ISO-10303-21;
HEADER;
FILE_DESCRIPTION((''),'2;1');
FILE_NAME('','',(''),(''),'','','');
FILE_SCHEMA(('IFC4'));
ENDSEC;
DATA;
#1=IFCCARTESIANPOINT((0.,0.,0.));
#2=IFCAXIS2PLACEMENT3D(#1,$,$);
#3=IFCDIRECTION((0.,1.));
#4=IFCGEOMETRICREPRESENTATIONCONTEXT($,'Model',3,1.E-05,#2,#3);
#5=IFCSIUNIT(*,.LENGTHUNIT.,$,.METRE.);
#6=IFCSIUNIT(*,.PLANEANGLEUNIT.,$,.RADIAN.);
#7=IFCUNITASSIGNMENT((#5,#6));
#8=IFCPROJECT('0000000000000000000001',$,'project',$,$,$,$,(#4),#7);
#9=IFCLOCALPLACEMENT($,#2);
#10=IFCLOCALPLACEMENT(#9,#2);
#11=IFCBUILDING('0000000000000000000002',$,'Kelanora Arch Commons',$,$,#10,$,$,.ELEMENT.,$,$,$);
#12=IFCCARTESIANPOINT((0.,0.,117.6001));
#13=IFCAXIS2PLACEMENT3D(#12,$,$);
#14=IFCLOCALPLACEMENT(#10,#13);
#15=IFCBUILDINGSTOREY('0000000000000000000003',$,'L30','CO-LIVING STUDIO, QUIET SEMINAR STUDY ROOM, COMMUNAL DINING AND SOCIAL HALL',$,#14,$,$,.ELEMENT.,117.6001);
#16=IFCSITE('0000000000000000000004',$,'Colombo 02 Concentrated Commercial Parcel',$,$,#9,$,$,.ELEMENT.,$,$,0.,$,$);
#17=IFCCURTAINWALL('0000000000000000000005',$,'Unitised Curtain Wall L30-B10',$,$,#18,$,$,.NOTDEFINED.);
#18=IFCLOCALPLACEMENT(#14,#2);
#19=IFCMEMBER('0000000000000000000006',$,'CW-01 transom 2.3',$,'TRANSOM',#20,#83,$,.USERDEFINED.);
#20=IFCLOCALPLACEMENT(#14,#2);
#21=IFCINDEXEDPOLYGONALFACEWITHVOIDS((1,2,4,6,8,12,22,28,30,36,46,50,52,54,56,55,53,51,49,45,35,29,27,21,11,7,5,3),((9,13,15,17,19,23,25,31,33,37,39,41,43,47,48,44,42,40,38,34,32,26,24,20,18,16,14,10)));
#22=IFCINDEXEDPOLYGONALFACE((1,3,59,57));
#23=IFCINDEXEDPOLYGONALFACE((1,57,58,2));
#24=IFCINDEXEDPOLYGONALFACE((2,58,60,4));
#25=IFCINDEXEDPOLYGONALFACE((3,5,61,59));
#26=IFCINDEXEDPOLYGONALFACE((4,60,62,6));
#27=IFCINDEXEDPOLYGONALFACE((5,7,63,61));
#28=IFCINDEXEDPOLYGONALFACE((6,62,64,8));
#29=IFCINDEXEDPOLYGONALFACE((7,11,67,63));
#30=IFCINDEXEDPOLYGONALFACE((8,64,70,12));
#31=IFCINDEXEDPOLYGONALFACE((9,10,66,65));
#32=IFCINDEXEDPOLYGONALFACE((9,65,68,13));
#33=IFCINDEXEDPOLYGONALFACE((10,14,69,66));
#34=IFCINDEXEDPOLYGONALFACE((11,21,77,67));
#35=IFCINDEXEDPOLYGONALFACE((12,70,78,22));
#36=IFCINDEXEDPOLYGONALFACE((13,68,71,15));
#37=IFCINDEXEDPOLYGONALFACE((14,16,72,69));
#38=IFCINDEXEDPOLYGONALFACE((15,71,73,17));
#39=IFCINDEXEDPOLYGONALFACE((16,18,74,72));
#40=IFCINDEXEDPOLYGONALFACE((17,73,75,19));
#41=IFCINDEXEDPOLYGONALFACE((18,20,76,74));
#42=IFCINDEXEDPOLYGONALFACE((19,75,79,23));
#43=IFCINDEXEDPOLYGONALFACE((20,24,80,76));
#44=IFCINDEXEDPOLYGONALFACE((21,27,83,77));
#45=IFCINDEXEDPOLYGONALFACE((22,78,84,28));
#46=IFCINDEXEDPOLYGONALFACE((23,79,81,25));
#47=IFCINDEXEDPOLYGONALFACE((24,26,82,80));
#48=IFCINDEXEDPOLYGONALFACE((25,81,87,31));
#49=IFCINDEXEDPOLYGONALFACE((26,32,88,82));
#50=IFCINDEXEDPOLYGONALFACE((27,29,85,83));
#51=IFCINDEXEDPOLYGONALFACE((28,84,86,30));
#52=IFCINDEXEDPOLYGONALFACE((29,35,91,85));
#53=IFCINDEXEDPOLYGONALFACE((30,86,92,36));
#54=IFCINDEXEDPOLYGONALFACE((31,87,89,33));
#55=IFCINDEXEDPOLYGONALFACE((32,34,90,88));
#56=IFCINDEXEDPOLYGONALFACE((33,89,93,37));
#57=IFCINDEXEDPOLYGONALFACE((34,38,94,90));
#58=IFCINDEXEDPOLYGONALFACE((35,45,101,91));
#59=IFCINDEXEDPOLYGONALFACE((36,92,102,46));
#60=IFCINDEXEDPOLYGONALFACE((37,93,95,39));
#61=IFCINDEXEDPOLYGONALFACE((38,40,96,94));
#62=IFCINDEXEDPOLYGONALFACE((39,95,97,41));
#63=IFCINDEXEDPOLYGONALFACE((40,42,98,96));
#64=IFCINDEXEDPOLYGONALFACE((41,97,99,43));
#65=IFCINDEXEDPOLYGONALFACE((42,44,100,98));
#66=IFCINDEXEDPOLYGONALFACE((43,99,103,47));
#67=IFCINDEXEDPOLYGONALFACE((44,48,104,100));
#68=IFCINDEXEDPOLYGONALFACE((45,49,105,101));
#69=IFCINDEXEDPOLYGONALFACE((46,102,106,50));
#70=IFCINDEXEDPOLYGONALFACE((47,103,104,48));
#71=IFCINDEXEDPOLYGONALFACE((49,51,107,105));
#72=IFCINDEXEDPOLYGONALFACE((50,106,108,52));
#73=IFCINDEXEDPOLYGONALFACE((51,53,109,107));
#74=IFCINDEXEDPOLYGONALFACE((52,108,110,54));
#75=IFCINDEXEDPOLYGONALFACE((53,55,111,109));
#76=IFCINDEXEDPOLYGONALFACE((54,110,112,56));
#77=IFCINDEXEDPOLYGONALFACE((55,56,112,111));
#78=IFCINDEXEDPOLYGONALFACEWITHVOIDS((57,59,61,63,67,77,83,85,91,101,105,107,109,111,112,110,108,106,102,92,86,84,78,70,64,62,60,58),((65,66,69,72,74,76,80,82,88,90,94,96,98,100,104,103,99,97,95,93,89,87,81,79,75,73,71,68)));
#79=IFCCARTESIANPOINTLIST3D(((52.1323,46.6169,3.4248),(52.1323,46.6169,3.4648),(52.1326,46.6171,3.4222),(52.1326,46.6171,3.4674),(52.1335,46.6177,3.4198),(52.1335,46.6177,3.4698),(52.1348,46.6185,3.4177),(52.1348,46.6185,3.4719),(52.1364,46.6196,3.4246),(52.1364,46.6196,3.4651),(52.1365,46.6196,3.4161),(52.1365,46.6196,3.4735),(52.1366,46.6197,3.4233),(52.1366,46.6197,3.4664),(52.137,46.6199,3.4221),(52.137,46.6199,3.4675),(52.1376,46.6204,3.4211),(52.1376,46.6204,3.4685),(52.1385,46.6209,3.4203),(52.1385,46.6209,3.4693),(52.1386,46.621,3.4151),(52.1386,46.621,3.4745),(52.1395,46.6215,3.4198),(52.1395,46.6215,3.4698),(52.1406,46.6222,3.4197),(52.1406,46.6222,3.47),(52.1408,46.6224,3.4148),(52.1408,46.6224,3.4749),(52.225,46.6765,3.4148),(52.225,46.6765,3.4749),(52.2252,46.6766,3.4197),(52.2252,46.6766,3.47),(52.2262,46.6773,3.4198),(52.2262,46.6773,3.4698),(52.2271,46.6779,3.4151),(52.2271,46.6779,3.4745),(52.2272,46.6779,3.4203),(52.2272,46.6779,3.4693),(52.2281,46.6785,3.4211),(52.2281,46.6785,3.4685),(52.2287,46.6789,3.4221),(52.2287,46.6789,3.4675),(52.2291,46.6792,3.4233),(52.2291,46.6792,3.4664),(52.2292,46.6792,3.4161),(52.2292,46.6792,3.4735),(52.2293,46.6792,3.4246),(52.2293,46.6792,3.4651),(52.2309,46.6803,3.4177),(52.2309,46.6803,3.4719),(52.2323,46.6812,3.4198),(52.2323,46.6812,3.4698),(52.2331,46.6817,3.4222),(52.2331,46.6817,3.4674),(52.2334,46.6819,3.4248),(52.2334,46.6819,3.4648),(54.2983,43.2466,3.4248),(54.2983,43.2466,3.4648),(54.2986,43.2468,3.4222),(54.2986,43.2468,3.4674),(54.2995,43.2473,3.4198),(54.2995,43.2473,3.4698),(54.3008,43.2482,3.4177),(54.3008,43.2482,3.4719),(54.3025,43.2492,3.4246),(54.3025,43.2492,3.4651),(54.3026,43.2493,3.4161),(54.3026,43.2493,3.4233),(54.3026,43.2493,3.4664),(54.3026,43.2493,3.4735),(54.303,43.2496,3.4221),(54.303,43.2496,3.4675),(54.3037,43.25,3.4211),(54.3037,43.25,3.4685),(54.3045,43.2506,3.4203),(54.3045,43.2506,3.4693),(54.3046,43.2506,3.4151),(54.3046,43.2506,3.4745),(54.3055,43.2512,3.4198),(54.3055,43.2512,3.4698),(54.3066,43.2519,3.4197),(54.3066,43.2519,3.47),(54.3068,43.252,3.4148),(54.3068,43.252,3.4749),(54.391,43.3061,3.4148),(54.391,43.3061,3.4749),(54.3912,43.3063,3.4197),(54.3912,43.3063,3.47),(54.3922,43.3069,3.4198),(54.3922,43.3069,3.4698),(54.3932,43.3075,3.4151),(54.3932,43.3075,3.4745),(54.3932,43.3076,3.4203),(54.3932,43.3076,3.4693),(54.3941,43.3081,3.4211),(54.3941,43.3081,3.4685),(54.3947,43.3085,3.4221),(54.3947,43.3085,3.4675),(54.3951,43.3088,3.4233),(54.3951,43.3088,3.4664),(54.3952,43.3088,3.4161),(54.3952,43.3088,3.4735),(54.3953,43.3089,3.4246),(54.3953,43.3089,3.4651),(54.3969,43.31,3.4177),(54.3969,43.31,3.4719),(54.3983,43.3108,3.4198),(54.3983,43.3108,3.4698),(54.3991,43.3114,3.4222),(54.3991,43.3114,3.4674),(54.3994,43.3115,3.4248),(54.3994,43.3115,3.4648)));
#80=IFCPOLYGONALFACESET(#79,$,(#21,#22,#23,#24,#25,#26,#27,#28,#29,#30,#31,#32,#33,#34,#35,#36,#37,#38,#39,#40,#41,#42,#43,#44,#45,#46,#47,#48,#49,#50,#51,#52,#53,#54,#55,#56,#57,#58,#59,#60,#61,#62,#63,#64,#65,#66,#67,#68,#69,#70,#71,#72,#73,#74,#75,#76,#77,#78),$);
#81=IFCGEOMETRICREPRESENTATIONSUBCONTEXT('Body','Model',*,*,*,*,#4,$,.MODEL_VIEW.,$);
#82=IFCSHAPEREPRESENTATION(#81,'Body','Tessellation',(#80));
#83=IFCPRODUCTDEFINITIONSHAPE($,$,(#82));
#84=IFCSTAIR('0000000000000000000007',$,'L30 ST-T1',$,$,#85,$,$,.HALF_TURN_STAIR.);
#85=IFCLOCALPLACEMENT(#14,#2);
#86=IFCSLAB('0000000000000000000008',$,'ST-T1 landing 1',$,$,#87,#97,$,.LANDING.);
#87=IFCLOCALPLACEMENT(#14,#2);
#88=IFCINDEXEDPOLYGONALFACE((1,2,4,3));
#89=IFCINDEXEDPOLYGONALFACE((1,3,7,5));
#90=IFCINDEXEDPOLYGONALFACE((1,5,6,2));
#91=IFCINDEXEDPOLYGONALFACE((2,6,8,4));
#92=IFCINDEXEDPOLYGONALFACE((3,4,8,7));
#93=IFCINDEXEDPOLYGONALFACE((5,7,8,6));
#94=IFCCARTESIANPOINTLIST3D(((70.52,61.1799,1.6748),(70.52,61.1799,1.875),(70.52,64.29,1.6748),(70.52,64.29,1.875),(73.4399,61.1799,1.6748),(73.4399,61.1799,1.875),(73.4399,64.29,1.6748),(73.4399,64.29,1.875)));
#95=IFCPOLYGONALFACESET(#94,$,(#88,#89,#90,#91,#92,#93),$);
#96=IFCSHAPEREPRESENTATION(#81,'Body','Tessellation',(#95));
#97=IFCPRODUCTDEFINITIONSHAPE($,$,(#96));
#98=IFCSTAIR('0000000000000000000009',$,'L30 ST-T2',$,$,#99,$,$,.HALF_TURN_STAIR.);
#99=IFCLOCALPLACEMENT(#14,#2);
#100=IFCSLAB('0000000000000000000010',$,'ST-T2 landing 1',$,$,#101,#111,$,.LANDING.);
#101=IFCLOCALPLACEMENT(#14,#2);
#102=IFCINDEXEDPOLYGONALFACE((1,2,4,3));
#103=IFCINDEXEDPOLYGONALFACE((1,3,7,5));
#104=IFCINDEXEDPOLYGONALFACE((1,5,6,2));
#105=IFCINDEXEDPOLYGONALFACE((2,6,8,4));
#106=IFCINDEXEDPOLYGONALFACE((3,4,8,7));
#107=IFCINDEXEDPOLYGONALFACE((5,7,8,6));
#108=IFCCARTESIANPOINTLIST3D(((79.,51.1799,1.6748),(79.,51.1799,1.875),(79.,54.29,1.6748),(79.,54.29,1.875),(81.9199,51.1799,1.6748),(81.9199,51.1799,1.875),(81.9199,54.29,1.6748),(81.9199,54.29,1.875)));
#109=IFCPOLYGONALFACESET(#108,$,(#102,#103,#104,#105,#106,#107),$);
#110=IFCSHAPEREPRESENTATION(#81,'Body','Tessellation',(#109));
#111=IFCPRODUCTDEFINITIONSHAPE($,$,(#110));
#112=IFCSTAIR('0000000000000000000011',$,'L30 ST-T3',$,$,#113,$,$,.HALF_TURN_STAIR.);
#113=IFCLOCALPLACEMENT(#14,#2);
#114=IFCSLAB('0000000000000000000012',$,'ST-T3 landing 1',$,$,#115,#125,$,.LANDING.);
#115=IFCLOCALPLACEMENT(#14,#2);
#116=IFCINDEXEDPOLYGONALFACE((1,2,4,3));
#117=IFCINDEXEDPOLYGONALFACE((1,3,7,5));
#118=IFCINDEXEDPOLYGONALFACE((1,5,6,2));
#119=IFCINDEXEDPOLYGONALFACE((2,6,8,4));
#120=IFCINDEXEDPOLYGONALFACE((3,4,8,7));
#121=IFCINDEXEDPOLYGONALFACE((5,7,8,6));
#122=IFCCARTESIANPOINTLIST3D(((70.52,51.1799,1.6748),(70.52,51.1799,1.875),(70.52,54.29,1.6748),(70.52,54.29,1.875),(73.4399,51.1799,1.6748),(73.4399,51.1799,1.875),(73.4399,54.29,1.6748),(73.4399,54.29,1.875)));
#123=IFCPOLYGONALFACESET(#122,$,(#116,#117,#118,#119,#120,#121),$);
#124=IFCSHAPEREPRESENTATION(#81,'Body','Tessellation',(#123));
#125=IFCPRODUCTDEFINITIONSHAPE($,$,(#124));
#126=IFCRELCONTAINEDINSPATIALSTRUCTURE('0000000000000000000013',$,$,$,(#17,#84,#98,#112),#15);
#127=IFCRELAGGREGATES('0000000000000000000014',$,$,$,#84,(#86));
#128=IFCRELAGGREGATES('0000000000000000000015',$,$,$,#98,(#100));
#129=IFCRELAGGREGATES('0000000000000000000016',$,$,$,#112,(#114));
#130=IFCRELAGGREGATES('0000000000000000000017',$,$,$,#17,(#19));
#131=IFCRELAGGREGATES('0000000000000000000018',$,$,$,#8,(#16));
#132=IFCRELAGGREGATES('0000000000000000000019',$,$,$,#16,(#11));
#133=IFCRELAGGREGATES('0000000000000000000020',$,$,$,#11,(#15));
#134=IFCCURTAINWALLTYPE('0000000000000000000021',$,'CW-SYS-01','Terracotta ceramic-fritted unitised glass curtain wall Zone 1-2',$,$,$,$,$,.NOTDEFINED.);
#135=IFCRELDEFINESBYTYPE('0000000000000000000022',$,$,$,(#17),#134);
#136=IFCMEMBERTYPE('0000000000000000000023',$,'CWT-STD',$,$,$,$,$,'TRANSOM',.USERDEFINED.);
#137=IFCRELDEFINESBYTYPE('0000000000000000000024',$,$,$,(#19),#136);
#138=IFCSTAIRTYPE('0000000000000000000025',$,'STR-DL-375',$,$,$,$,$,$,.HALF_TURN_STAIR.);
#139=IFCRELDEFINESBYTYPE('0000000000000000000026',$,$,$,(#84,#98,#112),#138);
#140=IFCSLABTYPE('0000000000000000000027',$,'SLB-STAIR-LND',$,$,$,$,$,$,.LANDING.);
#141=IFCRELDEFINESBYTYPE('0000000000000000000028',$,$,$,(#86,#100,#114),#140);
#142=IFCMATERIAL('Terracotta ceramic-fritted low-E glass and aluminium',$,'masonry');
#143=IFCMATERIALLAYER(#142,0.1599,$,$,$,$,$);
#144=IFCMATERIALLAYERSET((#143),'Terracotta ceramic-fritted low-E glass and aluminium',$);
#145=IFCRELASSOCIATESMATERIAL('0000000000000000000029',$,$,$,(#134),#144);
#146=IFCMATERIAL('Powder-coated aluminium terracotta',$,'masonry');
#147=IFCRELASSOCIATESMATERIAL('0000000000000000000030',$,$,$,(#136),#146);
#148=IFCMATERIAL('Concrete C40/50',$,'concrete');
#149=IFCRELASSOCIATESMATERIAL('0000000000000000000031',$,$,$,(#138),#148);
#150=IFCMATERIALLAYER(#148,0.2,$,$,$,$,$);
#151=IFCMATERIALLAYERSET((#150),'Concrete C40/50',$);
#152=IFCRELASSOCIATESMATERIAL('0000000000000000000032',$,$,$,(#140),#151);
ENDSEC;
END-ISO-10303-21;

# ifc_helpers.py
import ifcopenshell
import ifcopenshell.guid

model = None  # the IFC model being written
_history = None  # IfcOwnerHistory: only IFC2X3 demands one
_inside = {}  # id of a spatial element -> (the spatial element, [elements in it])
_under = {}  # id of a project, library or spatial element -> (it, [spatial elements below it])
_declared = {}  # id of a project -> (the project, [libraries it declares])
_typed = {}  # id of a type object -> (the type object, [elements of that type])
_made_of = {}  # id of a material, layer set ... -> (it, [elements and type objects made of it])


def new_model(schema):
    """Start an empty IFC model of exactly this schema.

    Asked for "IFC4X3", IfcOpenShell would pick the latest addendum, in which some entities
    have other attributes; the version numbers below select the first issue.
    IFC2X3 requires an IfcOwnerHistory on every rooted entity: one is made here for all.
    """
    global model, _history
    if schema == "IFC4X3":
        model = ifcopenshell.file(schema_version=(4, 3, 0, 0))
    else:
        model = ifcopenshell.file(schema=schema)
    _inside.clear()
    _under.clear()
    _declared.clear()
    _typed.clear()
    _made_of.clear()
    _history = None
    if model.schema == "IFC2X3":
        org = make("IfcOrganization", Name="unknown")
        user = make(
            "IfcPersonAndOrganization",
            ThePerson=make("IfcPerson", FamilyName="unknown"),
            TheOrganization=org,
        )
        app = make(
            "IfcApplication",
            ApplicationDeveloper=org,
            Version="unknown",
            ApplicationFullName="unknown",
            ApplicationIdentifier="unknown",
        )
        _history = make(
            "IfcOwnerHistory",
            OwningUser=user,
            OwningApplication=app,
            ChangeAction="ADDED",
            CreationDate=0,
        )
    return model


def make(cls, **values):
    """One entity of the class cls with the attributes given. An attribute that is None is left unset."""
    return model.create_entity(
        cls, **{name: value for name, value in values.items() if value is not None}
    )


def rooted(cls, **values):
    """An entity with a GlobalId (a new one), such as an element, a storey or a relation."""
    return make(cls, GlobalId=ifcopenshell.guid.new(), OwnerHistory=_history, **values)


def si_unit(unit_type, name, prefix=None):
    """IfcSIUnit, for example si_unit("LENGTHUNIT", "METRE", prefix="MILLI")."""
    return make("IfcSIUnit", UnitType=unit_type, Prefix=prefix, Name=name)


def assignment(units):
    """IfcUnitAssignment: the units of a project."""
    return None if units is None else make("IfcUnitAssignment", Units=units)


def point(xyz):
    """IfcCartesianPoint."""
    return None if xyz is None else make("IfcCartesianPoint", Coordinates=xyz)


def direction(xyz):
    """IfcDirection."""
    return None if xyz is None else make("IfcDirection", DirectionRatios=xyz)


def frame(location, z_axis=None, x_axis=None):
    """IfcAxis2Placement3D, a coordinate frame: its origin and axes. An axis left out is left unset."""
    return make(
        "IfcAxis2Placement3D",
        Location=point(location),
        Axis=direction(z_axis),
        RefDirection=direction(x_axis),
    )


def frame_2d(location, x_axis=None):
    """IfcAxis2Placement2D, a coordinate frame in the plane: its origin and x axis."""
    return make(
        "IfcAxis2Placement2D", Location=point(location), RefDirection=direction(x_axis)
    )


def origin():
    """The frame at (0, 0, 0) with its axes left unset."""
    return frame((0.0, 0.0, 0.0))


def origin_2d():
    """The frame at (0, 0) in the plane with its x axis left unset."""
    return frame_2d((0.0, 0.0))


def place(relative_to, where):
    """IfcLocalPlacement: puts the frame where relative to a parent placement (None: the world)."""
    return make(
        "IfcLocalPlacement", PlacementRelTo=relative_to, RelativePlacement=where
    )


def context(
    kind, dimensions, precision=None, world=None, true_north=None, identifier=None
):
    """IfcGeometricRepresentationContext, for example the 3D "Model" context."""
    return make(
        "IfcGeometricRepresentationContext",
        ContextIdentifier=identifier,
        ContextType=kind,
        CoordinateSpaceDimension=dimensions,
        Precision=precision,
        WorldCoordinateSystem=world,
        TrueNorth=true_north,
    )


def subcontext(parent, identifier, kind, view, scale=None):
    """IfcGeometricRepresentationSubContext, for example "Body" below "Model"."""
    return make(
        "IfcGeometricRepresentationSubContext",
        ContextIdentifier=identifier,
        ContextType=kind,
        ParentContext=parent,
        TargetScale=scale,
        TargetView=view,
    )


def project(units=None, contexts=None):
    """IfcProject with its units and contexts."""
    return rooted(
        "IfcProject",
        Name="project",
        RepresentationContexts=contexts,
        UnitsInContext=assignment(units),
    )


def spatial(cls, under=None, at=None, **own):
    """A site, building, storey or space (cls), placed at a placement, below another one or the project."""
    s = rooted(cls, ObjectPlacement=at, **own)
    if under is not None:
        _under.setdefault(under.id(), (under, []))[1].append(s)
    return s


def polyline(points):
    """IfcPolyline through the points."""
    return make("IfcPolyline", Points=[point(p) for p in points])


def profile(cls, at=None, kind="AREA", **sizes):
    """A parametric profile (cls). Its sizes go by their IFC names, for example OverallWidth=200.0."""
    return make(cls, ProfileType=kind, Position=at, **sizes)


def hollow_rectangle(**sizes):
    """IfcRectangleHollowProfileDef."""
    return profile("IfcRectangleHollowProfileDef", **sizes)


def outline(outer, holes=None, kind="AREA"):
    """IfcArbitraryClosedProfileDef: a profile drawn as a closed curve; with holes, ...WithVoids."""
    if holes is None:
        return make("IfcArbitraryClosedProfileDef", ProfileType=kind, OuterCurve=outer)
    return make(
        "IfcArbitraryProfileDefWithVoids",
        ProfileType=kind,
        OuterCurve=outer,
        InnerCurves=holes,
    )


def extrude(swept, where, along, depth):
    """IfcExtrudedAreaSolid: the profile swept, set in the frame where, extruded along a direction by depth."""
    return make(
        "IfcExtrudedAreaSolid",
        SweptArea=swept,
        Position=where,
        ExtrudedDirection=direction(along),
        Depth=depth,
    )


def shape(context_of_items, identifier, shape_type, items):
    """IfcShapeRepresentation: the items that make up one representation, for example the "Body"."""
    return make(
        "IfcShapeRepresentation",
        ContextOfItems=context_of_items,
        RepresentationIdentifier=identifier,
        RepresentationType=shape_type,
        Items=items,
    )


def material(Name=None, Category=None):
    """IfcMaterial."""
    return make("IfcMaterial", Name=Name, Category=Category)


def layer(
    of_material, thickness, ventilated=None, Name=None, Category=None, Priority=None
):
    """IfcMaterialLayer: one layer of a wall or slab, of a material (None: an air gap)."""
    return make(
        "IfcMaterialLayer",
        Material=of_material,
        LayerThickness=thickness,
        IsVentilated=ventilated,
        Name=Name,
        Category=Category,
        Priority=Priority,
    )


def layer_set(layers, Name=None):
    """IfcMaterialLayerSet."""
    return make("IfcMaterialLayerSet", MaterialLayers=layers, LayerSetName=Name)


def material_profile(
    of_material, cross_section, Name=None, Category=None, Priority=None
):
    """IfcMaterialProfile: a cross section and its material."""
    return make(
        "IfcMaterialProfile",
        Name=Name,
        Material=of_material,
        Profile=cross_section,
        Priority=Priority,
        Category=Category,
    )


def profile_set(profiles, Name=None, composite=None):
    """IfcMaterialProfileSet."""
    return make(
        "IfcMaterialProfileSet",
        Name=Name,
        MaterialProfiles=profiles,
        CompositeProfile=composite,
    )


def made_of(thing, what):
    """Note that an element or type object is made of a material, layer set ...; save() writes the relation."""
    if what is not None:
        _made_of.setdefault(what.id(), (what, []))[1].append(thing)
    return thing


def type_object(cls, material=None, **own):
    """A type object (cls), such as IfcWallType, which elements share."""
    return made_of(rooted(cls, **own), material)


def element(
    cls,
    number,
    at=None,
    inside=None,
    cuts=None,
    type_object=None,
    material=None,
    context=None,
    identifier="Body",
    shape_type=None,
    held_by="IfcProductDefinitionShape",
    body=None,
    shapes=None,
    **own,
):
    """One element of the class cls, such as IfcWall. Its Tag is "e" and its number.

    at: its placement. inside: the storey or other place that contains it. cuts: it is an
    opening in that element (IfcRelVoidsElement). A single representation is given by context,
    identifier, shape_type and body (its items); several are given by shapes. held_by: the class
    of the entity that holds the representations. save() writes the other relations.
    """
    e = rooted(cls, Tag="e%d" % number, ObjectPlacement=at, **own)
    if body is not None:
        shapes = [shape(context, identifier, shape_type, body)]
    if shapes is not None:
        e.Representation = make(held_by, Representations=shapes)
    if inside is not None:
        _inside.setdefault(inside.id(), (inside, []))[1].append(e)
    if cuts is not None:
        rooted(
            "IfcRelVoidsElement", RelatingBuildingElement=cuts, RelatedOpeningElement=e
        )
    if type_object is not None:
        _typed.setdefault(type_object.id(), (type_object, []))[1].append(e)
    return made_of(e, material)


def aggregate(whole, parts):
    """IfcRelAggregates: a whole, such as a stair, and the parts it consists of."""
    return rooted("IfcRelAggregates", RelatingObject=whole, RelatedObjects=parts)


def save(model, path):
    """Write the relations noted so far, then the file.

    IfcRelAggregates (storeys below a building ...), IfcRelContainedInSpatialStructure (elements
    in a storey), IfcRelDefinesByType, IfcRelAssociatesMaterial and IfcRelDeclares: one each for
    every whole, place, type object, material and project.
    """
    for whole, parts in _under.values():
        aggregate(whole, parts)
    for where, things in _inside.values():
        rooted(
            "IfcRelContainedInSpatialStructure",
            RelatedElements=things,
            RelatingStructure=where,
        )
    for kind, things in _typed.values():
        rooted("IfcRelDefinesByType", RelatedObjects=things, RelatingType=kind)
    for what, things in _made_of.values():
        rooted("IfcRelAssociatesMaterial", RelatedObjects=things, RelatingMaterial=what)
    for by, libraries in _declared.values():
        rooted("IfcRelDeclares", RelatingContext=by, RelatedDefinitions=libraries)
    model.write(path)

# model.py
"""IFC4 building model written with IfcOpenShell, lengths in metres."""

from ifc_helpers import new_model, si_unit, direction, frame, origin, origin_2d, place, context, subcontext, project, spatial, polyline, hollow_rectangle, outline, extrude, material, layer, layer_set, material_profile, profile_set, type_object, element, aggregate, save


model = new_model("IFC4")

# Units and contexts
model_context = context("Model", 3, precision=1e-05, world=origin(), true_north=direction((0.0, 1.0)))
body_context = subcontext(model_context, "Body", "Model", "MODEL_VIEW")
ifc_project = project(units=[si_unit("LENGTHUNIT", "METRE"), si_unit("PLANEANGLEUNIT", "RADIAN")], contexts=[model_context])

# Site, building, storey
site_placement = place(None, origin())
site = spatial("IfcSite", under=ifc_project, at=site_placement, Name="Colombo 02 Concentrated Commercial Parcel", CompositionType="ELEMENT", RefElevation=0.0)
building_placement = place(site_placement, origin())
building = spatial("IfcBuilding", under=site, at=building_placement, Name="Kelanora Arch Commons", CompositionType="ELEMENT")
storey_placement = place(building_placement, frame((0.0, 0.0, 117.6001)))
storey = spatial("IfcBuildingStorey", under=building, at=storey_placement, Name="L30", Description="CO-LIVING STUDIO, QUIET SEMINAR STUDY ROOM, COMMUNAL DINING AND SOCIAL HALL", CompositionType="ELEMENT", Elevation=117.6001)

# Curtain wall, member
ifc_material_1 = material(Name="Terracotta ceramic-fritted low-E glass and aluminium", Category="masonry")
ifc_layer_1 = layer(ifc_material_1, 0.1599)
ifc_layer_set_1 = layer_set([ifc_layer_1], Name="Terracotta ceramic-fritted low-E glass and aluminium")
curtain_wall_type = type_object("IfcCurtainWallType", Name="CW-SYS-01", Description="Terracotta ceramic-fritted unitised glass curtain wall Zone 1-2", PredefinedType="NOTDEFINED", material=ifc_layer_set_1)
curtain_wall_placement = place(storey_placement, origin())
curtain_wall = element("IfcCurtainWall", 1, at=curtain_wall_placement, inside=storey, type_object=curtain_wall_type, Name="Unitised Curtain Wall L30-B10", PredefinedType="NOTDEFINED")
ifc_material_2 = material(Name="Powder-coated aluminium terracotta", Category="masonry")
ifc_material_profile_1 = material_profile(ifc_material_2, hollow_rectangle(XDim=0.1201, YDim=0.0601, WallThickness=0.0049, InnerFilletRadius=0.0049, OuterFilletRadius=0.01, at=origin_2d()), Name="CWT120x60")
ifc_profile_set_1 = profile_set([ifc_material_profile_1], Name="Powder-coated aluminium terracotta")
member_type_1 = type_object("IfcMemberType", Name="CWT-STD", ElementType="TRANSOM", PredefinedType="USERDEFINED", material=ifc_profile_set_1)
member_1_placement = place(storey_placement, frame((52.1829, 46.6494, 3.4448), z_axis=(0.540644, -0.841252, 0.0), x_axis=(0.841252, 0.540644, 0.0)))
member_1 = element("IfcMember", 2, at=member_1_placement, type_object=member_type_1, Name="CW-01 transom 2.3", ObjectType="TRANSOM", PredefinedType="USERDEFINED", context=body_context, shape_type="SweptSolid", body=[
    extrude(hollow_rectangle(XDim=0.1201, YDim=0.0601, WallThickness=0.0049, InnerFilletRadius=0.0049, OuterFilletRadius=0.01, at=origin_2d()), origin(), (0.0, 0.0, 1.0), 4.0063),
])

# Stairs, slabs
ifc_material_3 = material(Name="Concrete C40/50", Category="concrete")
stair_type = type_object("IfcStairType", Name="STR-DL-375", PredefinedType="HALF_TURN_STAIR", material=ifc_material_3)
stair_1_placement = place(storey_placement, origin())
stair_1 = element("IfcStair", 3, at=stair_1_placement, inside=storey, type_object=stair_type, Name="L30 ST-T1", PredefinedType="HALF_TURN_STAIR")
ifc_layer_2 = layer(ifc_material_3, 0.2)
ifc_layer_set_2 = layer_set([ifc_layer_2], Name="Concrete C40/50")
slab_type_1 = type_object("IfcSlabType", Name="SLB-STAIR-LND", PredefinedType="LANDING", material=ifc_layer_set_2)
slab_1_placement = place(storey_placement, frame((0.0, 0.0, 1.6748)))
slab_1 = element("IfcSlab", 4, at=slab_1_placement, type_object=slab_type_1, Name="ST-T1 landing 1", PredefinedType="LANDING", context=body_context, shape_type="SweptSolid", body=[
    extrude(outline(polyline([(70.52, 61.1799), (73.4399, 61.1799), (73.4399, 64.29), (70.52, 64.29), (70.52, 61.1799)])), origin(), (0.0, 0.0, 1.0), 0.2002),
])
aggregate(stair_1, [slab_1])
stair_2_placement = place(storey_placement, origin())
stair_2 = element("IfcStair", 5, at=stair_2_placement, inside=storey, type_object=stair_type, Name="L30 ST-T2", PredefinedType="HALF_TURN_STAIR")
slab_2_placement = place(storey_placement, frame((0.0, 0.0, 1.6748)))
slab_2 = element("IfcSlab", 6, at=slab_2_placement, type_object=slab_type_1, Name="ST-T2 landing 1", PredefinedType="LANDING", context=body_context, shape_type="SweptSolid", body=[
    extrude(outline(polyline([(79.0, 51.1799), (81.9199, 51.1799), (81.9199, 54.29), (79.0, 54.29), (79.0, 51.1799)])), origin(), (0.0, 0.0, 1.0), 0.2002),
])
aggregate(stair_2, [slab_2])
stair_3_placement = place(storey_placement, origin())
stair_3 = element("IfcStair", 7, at=stair_3_placement, inside=storey, type_object=stair_type, Name="L30 ST-T3", PredefinedType="HALF_TURN_STAIR")
slab_3_placement = place(storey_placement, frame((0.0, 0.0, 1.6748)))
slab_3 = element("IfcSlab", 8, at=slab_3_placement, type_object=slab_type_1, Name="ST-T3 landing 1", PredefinedType="LANDING", context=body_context, shape_type="SweptSolid", body=[
    extrude(outline(polyline([(70.52, 51.1799), (73.4399, 51.1799), (73.4399, 54.29), (70.52, 54.29), (70.52, 51.1799)])), origin(), (0.0, 0.0, 1.0), 0.2002),
])
aggregate(stair_3, [slab_3])

aggregate(curtain_wall, [member_1])

save(model, "model.ifc")
